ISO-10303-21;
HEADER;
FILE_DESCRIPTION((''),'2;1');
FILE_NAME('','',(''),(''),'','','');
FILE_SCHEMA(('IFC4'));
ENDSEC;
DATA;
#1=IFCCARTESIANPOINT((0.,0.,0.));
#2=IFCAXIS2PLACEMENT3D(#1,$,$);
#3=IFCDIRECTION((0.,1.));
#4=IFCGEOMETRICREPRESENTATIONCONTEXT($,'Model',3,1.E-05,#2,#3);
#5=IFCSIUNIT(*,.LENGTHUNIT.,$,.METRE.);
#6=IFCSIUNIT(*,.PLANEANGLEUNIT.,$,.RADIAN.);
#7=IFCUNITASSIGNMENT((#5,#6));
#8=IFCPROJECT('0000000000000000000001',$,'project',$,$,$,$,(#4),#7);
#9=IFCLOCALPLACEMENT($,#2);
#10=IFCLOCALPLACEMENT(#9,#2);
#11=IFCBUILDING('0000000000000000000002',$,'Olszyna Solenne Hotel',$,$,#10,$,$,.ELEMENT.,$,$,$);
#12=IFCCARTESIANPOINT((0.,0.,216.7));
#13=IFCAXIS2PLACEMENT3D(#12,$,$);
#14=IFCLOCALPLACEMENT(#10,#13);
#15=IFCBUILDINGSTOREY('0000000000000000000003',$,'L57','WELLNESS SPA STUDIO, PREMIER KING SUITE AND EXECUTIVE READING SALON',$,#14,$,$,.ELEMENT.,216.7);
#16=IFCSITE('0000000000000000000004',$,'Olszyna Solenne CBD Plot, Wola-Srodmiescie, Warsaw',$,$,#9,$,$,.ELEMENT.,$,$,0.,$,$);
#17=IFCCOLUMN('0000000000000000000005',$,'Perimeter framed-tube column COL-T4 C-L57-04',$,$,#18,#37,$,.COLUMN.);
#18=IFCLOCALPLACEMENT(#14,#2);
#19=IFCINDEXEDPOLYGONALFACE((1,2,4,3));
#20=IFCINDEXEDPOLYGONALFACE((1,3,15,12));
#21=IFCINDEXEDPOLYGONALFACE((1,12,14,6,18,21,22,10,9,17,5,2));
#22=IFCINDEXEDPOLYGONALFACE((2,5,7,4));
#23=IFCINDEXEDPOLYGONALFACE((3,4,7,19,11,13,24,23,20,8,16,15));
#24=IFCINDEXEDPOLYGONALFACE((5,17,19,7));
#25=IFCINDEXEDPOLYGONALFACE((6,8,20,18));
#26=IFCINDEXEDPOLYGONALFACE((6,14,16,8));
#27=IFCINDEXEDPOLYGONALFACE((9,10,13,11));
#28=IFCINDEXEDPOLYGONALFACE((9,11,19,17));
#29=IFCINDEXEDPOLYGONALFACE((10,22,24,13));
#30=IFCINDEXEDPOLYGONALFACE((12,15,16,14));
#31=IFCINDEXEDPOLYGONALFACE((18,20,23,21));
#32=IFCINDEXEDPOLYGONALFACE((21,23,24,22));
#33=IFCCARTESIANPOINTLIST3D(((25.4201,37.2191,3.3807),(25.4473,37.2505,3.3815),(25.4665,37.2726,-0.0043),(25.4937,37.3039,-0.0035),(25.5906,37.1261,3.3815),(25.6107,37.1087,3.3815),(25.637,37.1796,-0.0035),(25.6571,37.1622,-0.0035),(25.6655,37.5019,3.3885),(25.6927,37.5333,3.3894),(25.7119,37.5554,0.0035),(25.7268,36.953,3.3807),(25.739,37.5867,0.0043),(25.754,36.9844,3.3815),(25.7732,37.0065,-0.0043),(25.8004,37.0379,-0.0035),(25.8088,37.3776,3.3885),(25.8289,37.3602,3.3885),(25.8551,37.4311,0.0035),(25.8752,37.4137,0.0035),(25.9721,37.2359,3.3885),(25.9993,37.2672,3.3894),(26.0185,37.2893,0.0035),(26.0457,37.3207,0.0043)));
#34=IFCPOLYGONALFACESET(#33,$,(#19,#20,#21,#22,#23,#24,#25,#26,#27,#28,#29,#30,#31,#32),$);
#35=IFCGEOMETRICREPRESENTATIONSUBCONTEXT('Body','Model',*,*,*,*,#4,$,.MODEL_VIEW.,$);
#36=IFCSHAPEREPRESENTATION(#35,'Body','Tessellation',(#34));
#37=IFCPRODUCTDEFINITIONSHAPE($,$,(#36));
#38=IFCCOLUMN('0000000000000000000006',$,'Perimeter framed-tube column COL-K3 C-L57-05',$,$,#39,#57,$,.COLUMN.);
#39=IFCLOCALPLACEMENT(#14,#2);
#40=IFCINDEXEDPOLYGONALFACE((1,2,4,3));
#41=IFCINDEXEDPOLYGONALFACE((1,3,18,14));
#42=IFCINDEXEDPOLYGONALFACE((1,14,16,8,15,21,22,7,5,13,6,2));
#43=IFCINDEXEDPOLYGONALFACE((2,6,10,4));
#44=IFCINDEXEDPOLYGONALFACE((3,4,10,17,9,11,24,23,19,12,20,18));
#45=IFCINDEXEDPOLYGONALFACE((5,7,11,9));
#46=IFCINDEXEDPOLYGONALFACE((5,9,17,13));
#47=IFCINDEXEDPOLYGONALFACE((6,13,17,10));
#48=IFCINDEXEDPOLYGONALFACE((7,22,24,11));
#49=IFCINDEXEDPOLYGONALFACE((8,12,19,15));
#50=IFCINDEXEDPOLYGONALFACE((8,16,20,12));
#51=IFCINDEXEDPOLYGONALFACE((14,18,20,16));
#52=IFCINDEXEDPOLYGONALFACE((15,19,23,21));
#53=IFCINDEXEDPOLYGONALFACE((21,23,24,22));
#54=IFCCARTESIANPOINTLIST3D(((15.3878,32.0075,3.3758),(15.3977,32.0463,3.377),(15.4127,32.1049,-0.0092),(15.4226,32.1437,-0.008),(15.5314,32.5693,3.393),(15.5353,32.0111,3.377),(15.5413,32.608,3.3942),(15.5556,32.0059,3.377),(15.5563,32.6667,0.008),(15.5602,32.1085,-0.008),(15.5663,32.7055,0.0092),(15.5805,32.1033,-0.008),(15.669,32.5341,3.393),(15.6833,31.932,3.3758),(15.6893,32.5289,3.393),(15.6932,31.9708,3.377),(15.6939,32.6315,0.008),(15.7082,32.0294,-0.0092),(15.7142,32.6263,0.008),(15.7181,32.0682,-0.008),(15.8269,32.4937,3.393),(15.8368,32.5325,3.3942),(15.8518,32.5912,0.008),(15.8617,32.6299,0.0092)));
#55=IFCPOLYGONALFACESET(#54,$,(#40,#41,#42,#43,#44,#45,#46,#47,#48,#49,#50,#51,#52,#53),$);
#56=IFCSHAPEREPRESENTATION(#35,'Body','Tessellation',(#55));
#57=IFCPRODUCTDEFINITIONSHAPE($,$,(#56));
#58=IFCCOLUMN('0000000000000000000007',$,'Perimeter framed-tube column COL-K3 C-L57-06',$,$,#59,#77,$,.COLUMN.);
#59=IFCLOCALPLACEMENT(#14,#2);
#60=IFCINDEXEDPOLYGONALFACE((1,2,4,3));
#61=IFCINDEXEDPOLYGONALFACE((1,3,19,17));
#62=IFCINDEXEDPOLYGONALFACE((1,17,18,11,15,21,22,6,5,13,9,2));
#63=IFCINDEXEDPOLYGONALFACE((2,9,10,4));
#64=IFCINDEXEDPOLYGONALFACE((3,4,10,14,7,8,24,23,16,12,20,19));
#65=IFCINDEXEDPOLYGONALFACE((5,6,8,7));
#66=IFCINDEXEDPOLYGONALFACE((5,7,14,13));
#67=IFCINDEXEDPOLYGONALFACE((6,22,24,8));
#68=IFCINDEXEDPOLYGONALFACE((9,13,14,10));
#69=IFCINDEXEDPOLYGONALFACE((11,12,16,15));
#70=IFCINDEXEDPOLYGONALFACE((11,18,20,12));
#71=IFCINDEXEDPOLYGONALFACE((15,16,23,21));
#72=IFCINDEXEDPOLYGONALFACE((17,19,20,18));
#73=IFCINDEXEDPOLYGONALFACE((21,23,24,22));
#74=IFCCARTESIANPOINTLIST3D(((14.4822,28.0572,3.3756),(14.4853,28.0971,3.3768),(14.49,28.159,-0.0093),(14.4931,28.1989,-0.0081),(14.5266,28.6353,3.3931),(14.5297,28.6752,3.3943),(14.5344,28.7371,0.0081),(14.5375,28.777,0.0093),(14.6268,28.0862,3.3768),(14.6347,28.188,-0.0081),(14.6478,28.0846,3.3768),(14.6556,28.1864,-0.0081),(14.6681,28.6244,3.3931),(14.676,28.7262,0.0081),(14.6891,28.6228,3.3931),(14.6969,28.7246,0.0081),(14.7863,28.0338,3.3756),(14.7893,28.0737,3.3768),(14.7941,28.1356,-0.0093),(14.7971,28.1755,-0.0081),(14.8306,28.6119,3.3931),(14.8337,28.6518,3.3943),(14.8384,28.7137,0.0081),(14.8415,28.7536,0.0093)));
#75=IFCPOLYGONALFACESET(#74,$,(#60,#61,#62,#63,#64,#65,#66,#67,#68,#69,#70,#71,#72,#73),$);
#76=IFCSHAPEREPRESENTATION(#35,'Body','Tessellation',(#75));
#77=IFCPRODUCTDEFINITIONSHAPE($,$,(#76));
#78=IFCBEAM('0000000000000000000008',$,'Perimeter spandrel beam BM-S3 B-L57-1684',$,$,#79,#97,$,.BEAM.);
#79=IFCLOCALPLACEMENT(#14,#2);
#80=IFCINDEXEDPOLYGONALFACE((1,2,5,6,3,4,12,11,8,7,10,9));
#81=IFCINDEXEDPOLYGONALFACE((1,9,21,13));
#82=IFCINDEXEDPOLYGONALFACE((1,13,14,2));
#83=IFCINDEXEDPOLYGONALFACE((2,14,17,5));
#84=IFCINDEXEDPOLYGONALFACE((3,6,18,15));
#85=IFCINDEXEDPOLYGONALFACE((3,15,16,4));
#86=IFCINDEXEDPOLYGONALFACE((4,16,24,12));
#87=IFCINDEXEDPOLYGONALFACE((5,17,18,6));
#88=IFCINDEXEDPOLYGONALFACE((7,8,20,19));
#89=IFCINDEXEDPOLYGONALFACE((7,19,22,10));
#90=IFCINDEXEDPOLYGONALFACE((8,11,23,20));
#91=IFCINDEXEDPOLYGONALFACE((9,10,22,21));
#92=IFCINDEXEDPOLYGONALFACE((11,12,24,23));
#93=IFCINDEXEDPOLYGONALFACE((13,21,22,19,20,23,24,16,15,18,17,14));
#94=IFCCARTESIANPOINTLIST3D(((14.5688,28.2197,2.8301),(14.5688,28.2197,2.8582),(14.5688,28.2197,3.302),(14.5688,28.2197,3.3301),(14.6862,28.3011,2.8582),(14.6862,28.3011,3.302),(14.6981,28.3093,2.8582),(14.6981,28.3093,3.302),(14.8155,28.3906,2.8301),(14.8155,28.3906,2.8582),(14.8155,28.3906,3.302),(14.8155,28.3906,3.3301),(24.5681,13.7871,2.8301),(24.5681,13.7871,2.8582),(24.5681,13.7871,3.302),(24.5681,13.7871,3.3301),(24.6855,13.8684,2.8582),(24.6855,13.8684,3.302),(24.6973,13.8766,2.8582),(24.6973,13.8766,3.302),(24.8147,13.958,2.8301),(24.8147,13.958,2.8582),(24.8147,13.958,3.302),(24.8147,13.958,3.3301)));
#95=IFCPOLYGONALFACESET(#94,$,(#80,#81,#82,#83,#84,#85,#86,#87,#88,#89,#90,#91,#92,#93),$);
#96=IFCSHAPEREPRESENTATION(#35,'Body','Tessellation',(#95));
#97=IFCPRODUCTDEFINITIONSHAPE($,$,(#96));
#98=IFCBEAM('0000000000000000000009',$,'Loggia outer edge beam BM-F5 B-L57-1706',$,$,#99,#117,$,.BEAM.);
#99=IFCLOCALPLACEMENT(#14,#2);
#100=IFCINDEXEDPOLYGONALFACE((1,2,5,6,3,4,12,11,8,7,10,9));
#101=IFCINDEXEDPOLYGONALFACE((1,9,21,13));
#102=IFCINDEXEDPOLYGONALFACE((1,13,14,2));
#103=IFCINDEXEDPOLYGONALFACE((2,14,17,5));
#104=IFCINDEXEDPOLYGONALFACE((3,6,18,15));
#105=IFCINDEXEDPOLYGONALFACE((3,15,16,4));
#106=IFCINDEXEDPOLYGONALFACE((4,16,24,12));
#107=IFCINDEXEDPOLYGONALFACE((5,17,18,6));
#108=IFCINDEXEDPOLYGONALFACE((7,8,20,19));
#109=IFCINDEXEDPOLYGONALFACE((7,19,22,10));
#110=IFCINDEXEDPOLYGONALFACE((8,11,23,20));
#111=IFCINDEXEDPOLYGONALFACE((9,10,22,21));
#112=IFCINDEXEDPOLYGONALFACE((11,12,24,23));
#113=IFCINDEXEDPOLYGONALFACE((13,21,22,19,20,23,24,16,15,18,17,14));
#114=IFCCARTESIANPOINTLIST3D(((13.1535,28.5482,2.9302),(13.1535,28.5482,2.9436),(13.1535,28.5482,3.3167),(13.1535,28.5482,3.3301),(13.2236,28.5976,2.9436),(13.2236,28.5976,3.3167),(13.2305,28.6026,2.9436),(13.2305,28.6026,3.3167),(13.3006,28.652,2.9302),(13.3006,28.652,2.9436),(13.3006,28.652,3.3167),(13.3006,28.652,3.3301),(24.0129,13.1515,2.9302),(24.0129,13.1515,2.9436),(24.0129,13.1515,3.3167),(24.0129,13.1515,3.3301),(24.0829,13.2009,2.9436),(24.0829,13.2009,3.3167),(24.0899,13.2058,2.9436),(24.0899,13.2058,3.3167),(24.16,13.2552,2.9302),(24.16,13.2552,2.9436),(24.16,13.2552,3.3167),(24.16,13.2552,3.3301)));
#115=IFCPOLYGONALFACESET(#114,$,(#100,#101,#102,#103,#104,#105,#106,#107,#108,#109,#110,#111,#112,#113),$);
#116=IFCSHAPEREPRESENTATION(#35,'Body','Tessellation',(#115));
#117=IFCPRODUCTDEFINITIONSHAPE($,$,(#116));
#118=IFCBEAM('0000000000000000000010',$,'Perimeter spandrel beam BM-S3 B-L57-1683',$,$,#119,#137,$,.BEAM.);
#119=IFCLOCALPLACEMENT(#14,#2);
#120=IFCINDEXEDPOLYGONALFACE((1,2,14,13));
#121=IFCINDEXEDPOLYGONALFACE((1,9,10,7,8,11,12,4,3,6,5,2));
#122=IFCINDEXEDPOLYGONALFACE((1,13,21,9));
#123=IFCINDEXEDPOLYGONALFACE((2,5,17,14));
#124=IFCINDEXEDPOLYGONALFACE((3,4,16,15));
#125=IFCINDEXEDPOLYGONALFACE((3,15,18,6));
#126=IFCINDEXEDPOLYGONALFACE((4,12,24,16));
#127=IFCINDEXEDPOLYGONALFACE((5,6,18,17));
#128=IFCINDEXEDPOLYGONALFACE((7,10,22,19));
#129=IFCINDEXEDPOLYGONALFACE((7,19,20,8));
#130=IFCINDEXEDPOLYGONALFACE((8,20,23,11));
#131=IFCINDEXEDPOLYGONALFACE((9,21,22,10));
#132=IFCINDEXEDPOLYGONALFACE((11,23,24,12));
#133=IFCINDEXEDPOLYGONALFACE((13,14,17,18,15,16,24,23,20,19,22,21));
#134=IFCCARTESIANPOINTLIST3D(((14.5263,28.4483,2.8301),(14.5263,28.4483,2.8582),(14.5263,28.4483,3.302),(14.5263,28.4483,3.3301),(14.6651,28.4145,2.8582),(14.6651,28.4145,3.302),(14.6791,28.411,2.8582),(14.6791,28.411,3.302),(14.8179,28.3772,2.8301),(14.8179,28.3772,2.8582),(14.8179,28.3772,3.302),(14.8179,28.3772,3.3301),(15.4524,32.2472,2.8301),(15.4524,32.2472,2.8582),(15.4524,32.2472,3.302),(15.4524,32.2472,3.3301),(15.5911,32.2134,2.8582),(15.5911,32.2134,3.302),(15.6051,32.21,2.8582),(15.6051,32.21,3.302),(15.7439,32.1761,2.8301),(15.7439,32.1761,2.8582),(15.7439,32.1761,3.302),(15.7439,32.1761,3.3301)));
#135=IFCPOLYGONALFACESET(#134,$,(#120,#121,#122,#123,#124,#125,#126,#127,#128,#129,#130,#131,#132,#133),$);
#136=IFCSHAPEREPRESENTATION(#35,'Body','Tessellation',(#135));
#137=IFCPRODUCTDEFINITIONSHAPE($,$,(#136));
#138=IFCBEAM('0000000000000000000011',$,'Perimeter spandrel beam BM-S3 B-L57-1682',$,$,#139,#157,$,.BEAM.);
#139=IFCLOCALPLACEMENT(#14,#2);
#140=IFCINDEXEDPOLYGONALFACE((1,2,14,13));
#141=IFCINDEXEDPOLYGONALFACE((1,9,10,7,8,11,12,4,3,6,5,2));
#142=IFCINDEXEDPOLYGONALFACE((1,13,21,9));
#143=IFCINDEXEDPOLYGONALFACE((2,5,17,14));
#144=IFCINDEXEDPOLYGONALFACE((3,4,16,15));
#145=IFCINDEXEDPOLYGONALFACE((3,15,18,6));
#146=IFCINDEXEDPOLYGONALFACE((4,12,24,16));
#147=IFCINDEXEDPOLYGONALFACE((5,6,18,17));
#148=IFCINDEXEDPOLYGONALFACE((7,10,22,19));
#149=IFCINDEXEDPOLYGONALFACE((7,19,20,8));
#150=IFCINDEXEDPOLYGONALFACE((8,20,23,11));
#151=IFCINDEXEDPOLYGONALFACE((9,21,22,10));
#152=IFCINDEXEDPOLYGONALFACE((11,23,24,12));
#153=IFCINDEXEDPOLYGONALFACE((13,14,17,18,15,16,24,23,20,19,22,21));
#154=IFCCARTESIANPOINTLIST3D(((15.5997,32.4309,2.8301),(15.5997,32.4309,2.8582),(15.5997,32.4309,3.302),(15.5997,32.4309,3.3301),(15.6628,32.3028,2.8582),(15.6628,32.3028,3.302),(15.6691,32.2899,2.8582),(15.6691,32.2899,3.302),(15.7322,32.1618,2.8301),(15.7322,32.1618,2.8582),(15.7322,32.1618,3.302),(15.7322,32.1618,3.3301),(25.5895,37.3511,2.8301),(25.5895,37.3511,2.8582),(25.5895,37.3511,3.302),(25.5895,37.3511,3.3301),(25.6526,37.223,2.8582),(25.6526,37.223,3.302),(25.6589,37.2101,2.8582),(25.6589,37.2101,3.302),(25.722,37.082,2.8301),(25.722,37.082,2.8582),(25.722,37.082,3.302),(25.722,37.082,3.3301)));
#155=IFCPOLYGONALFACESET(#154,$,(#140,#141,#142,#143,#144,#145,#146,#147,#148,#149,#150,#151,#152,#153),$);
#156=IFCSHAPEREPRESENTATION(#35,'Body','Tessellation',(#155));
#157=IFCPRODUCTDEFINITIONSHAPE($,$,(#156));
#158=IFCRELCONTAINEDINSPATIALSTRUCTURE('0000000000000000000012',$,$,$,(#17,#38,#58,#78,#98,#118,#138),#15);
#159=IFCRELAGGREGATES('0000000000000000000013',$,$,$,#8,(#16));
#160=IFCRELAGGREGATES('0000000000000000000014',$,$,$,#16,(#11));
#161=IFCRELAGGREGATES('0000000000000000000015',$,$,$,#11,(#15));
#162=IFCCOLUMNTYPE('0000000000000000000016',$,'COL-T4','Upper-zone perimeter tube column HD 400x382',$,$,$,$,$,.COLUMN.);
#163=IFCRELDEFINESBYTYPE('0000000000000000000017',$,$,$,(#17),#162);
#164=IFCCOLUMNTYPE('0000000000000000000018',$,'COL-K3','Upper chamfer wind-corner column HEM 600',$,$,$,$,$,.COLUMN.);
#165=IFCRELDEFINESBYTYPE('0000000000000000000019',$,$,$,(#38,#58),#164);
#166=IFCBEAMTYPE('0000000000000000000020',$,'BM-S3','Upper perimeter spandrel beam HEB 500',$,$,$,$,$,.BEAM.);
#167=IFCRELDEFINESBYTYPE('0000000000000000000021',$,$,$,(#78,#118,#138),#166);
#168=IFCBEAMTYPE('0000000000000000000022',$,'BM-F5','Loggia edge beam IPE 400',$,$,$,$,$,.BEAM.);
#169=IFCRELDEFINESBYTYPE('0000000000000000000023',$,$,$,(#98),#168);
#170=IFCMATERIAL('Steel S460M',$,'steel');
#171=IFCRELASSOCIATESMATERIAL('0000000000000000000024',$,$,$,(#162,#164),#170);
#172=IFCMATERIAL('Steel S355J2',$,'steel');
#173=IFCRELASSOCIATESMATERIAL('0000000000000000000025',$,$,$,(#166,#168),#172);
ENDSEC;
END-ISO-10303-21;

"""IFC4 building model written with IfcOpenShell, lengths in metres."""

from ifc_helpers import new_model, si_unit, direction, frame, origin, origin_2d, place, context, subcontext, project, spatial, i_section, extrude, source, transform, mapped, material, material_profile, profile_set, type_object, element, save


model = new_model("IFC4")

# Units and contexts
model_context = context("Model", 3, precision=1e-05, world=origin(), true_north=direction((0.0, 1.0)))
body_context = subcontext(model_context, "Body", "Model", "MODEL_VIEW")
ifc_project = project(units=[si_unit("LENGTHUNIT", "METRE"), si_unit("PLANEANGLEUNIT", "RADIAN")], contexts=[model_context])

# Site, building, storey
site_placement = place(None, origin())
site = spatial("IfcSite", under=ifc_project, at=site_placement, Name="Olszyna Solenne CBD Plot, Wola-Srodmiescie, Warsaw", CompositionType="ELEMENT", RefElevation=0.0)
building_placement = place(site_placement, origin())
building = spatial("IfcBuilding", under=site, at=building_placement, Name="Olszyna Solenne Hotel", CompositionType="ELEMENT")
storey_placement = place(building_placement, frame((0.0, 0.0, 216.7)))
storey = spatial("IfcBuildingStorey", under=building, at=storey_placement, Name="L57", Description="WELLNESS SPA STUDIO, PREMIER KING SUITE AND EXECUTIVE READING SALON", CompositionType="ELEMENT", Elevation=216.7)

# Columns
ifc_material_1 = material(Name="Steel S460M", Category="steel")
ifc_material_profile_1 = material_profile(ifc_material_1, i_section(OverallWidth=0.406, OverallDepth=0.416, WebThickness=0.0266, FlangeThickness=0.0415, at=origin_2d()), Name="HD 400x382", Category="load-bearing")
ifc_profile_set_1 = profile_set([ifc_material_profile_1], Name="Steel S460M")
column_type_1 = type_object("IfcColumnType", Name="COL-T4", Description="Upper-zone perimeter tube column HD 400x382", PredefinedType="COLUMN", material=ifc_profile_set_1)
shared_shape_1 = source(origin(), body_context, "Body", "SweptSolid", [
    extrude(i_section(OverallWidth=0.406, OverallDepth=0.416, WebThickness=0.0266, FlangeThickness=0.0415, at=origin_2d()), origin(), (0.0, 0.0, 1.0), 3.3857),
])
column_placement = place(storey_placement, frame((25.7561, 37.2966, 0.0), z_axis=(-0.013701, -0.015792, 0.999781), x_axis=(0.755348, -0.655324, 0.0)))
element("IfcColumn", 1, at=column_placement, inside=storey, type_object=column_type_1, Name="Perimeter framed-tube column COL-T4 C-L57-04", PredefinedType="COLUMN", context=body_context, shape_type="MappedRepresentation", body=[
    mapped(shared_shape_1, transform((0.0, 0.0, 0.0), x_axis=(1.0, 0.0, 0.0), y_axis=(0.0, 1.0, 0.0), z_axis=(0.0, 0.0, 1.0), scale=1.0)),
])
ifc_material_profile_2 = material_profile(ifc_material_1, i_section(OverallWidth=0.3049, OverallDepth=0.6201, WebThickness=0.021, FlangeThickness=0.04, at=origin_2d()), Name="HEM 600", Category="load-bearing")
ifc_profile_set_2 = profile_set([ifc_material_profile_2], Name="Steel S460M")
column_type_2 = type_object("IfcColumnType", Name="COL-K3", Description="Upper chamfer wind-corner column HEM 600", PredefinedType="COLUMN", material=ifc_profile_set_2)
shared_shape_2 = source(origin(), body_context, "Body", "SweptSolid", [
    extrude(i_section(OverallWidth=0.3049, OverallDepth=0.6201, WebThickness=0.021, FlangeThickness=0.04, at=origin_2d()), origin(), (0.0, 0.0, 1.0), 3.3865),
])
for number, where, z_axis, x_axis, name in (
    (2, (15.6372, 32.3674, 0.0), (-0.007353, -0.028765, 0.999559), (0.968843, -0.247674, 0.0), "Perimeter framed-tube column COL-K3 C-L57-05"),
    (3, (14.6658, 28.4563, 0.0), (-0.002307, -0.030062, 0.999545), (0.997069, -0.076514, 0.0), "Perimeter framed-tube column COL-K3 C-L57-06"),
):
    element("IfcColumn", number, at=place(storey_placement, frame(where, z_axis=z_axis, x_axis=x_axis)), inside=storey, type_object=column_type_2, Name=name, PredefinedType="COLUMN", context=body_context, shape_type="MappedRepresentation", body=[
        mapped(shared_shape_2, transform((0.0, 0.0, 0.0), x_axis=(1.0, 0.0, 0.0), y_axis=(0.0, 1.0, 0.0), z_axis=(0.0, 0.0, 1.0), scale=1.0)),
    ])

# Beams
ifc_material_2 = material(Name="Steel S355J2", Category="steel")
ifc_material_profile_3 = material_profile(ifc_material_2, i_section(OverallWidth=0.3, OverallDepth=0.5, WebThickness=0.0144, FlangeThickness=0.0281, at=origin_2d()), Name="HEB 500", Category="load-bearing")
ifc_profile_set_3 = profile_set([ifc_material_profile_3], Name="Steel S355J2")
beam_type_1 = type_object("IfcBeamType", Name="BM-S3", Description="Upper perimeter spandrel beam HEB 500", PredefinedType="BEAM", material=ifc_profile_set_3)
shared_shape_3 = source(origin(), body_context, "Body", "SweptSolid", [
    extrude(i_section(OverallWidth=0.3, OverallDepth=0.5, WebThickness=0.0144, FlangeThickness=0.0281, at=origin_2d()), origin(), (0.0, 0.0, 1.0), 17.5581),
])
beam_1_placement = place(storey_placement, frame((14.6921, 28.3052, 3.0801), z_axis=(0.569497, -0.821993, 0.0), x_axis=(0.821993, 0.569497, 0.0)))
element("IfcBeam", 4, at=beam_1_placement, inside=storey, type_object=beam_type_1, Name="Perimeter spandrel beam BM-S3 B-L57-1684", PredefinedType="BEAM", context=body_context, shape_type="MappedRepresentation", body=[
    mapped(shared_shape_3, transform((0.0, 0.0, 0.0), x_axis=(1.0, 0.0, 0.0), y_axis=(0.0, 1.0, 0.0), z_axis=(0.0, 0.0, 1.0), scale=1.0)),
])
ifc_material_profile_4 = material_profile(ifc_material_2, i_section(OverallWidth=0.1799, OverallDepth=0.3999, WebThickness=0.0085, FlangeThickness=0.0134, at=origin_2d()), Name="IPE 400", Category="load-bearing")
ifc_profile_set_4 = profile_set([ifc_material_profile_4], Name="Steel S355J2")
beam_type_2 = type_object("IfcBeamType", Name="BM-F5", Description="Loggia edge beam IPE 400", PredefinedType="BEAM", material=ifc_profile_set_4)
shared_shape_4 = source(origin(), body_context, "Body", "SweptSolid", [
    extrude(i_section(OverallWidth=0.1799, OverallDepth=0.3999, WebThickness=0.0085, FlangeThickness=0.0134, at=origin_2d()), origin(), (0.0, 0.0, 1.0), 18.8411),
])
beam_2_placement = place(storey_placement, frame((13.2271, 28.6001, 3.1301), z_axis=(0.576368, -0.81719, 0.0), x_axis=(0.81719, 0.576368, 0.0)))
element("IfcBeam", 5, at=beam_2_placement, inside=storey, type_object=beam_type_2, Name="Loggia outer edge beam BM-F5 B-L57-1706", PredefinedType="BEAM", context=body_context, shape_type="MappedRepresentation", body=[
    mapped(shared_shape_4, transform((0.0, 0.0, 0.0), x_axis=(1.0, 0.0, 0.0), y_axis=(0.0, 1.0, 0.0), z_axis=(0.0, 0.0, 1.0), scale=1.0)),
])
shared_shape_5 = source(origin(), body_context, "Body", "SweptSolid", [
    extrude(i_section(OverallWidth=0.3, OverallDepth=0.5, WebThickness=0.0144, FlangeThickness=0.0281, at=origin_2d()), origin(), (0.0, 0.0, 1.0), 3.9102),
])
beam_3_placement = place(storey_placement, frame((15.5981, 32.2117, 3.0801), z_axis=(-0.236831, -0.971551, 0.0), x_axis=(0.971551, -0.236831, 0.0)))
element("IfcBeam", 6, at=beam_3_placement, inside=storey, type_object=beam_type_1, Name="Perimeter spandrel beam BM-S3 B-L57-1683", PredefinedType="BEAM", context=body_context, shape_type="MappedRepresentation", body=[
    mapped(shared_shape_5, transform((0.0, 0.0, 0.0), x_axis=(1.0, 0.0, 0.0), y_axis=(0.0, 1.0, 0.0), z_axis=(0.0, 0.0, 1.0), scale=1.0)),
])
shared_shape_6 = source(origin(), body_context, "Body", "SweptSolid", [
    extrude(i_section(OverallWidth=0.3, OverallDepth=0.5, WebThickness=0.0144, FlangeThickness=0.0281, at=origin_2d()), origin(), (0.0, 0.0, 1.0), 11.1357),
])
beam_4_placement = place(storey_placement, frame((25.6558, 37.2166, 3.0801), z_axis=(-0.897095, -0.441838, 0.0), x_axis=(0.441838, -0.897095, 0.0)))
element("IfcBeam", 7, at=beam_4_placement, inside=storey, type_object=beam_type_1, Name="Perimeter spandrel beam BM-S3 B-L57-1682", PredefinedType="BEAM", context=body_context, shape_type="MappedRepresentation", body=[
    mapped(shared_shape_6, transform((0.0, 0.0, 0.0), x_axis=(1.0, 0.0, 0.0), y_axis=(0.0, 1.0, 0.0), z_axis=(0.0, 0.0, 1.0), scale=1.0)),
])

save(model, "model.ifc")
